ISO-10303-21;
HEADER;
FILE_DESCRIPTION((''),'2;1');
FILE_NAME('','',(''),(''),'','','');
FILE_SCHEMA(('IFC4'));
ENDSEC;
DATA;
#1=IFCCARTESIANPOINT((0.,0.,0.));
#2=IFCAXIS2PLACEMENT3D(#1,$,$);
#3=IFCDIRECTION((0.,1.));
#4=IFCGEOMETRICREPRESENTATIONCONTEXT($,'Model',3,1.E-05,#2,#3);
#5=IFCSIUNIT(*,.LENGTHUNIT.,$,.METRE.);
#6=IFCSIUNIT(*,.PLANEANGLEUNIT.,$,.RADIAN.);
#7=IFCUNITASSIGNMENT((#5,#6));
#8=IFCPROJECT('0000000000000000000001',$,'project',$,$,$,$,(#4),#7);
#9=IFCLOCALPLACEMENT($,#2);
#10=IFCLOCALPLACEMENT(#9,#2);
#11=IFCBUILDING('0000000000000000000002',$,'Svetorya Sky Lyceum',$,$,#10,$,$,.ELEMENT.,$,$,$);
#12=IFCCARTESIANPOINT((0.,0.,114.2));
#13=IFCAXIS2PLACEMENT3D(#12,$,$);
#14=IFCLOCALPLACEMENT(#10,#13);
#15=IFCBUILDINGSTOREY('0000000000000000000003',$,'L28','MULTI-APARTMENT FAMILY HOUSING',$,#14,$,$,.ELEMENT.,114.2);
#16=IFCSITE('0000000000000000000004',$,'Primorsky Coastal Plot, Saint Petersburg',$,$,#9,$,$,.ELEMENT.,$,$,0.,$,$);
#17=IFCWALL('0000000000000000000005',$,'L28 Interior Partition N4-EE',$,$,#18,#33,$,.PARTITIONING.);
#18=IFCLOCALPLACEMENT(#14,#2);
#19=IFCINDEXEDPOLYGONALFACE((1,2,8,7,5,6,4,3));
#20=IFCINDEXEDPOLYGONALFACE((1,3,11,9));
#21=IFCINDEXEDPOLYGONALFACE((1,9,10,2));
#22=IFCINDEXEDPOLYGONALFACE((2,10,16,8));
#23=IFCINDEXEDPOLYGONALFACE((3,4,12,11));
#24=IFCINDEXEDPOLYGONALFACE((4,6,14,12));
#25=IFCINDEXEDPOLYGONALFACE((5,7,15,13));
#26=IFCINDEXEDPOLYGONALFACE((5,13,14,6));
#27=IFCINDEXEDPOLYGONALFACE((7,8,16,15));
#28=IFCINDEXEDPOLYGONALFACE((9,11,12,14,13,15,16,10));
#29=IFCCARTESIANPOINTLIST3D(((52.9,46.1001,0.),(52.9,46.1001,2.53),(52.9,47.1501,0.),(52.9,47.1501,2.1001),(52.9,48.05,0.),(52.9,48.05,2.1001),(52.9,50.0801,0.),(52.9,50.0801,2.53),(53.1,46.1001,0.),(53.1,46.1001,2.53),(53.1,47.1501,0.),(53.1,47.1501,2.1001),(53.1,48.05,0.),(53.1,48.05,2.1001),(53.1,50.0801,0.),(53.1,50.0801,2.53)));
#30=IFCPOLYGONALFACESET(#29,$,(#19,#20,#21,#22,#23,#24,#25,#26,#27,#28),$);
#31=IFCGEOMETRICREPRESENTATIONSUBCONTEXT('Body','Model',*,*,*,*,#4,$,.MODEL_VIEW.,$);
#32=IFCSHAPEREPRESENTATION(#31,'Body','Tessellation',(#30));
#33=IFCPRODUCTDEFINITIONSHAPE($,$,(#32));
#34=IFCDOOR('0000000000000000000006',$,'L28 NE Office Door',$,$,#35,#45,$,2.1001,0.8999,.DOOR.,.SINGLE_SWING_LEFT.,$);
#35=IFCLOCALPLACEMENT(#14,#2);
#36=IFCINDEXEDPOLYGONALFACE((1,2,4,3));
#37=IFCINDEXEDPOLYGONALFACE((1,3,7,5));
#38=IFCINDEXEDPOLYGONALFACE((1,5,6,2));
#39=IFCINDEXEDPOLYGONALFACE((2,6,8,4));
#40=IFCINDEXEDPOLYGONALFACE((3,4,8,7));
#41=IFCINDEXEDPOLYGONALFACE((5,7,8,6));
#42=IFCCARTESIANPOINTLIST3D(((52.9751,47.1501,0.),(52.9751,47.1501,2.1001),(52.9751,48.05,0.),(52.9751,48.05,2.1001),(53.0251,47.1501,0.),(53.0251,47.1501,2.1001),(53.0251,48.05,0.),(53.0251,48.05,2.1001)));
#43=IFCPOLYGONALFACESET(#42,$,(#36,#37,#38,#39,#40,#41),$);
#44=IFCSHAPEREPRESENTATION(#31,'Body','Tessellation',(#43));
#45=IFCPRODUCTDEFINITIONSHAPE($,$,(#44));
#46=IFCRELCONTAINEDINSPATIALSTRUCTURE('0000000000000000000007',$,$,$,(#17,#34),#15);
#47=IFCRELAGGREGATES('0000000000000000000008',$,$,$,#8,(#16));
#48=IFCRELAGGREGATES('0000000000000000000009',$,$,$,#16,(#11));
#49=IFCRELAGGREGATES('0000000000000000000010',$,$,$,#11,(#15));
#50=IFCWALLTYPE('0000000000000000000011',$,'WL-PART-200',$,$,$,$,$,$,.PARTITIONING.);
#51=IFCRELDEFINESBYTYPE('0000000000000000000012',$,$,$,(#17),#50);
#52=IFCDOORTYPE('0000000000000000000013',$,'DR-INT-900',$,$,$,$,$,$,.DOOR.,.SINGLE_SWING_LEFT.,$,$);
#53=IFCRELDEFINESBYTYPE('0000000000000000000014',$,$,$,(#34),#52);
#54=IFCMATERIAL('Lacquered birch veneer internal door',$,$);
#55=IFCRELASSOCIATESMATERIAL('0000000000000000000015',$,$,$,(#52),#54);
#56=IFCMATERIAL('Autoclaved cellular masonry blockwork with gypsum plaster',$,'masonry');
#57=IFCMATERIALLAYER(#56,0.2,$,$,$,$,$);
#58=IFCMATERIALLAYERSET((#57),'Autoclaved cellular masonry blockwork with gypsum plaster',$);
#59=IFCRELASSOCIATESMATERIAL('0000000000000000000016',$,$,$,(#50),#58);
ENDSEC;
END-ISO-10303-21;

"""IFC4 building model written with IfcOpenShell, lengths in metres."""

from ifc_helpers import new_model, si_unit, direction, frame, frame_2d, origin, place, context, subcontext, project, spatial, rectangle, extrude, material, layer, layer_set, type_object, element, fill, save


model = new_model("IFC4")

# Units and contexts
model_context = context("Model", 3, precision=1e-05, world=origin(), true_north=direction((0.0, 1.0)))
body_context = subcontext(model_context, "Body", "Model", "MODEL_VIEW")
ifc_project = project(units=[si_unit("LENGTHUNIT", "METRE"), si_unit("PLANEANGLEUNIT", "RADIAN")], contexts=[model_context])

# Site, building, storey
site_placement = place(None, origin())
site = spatial("IfcSite", under=ifc_project, at=site_placement, Name="Primorsky Coastal Plot, Saint Petersburg", CompositionType="ELEMENT", RefElevation=0.0)
building_placement = place(site_placement, origin())
building = spatial("IfcBuilding", under=site, at=building_placement, Name="Svetorya Sky Lyceum", CompositionType="ELEMENT")
storey_placement = place(building_placement, frame((0.0, 0.0, 114.2)))
storey = spatial("IfcBuildingStorey", under=building, at=storey_placement, Name="L28", Description="MULTI-APARTMENT FAMILY HOUSING", CompositionType="ELEMENT", Elevation=114.2)

# Shared definitions
ifc_material_1 = material(Name="Lacquered birch veneer internal door")
door_type_1 = type_object("IfcDoorType", Name="DR-INT-900", OperationType="SINGLE_SWING_LEFT", PredefinedType="DOOR", material=ifc_material_1)

# Shared definitions
ifc_material_2 = material(Name="Autoclaved cellular masonry blockwork with gypsum plaster", Category="masonry")
ifc_layer_1 = layer(ifc_material_2, 0.2)
ifc_layer_set_1 = layer_set([ifc_layer_1], Name="Autoclaved cellular masonry blockwork with gypsum plaster")
wall_type_1 = type_object("IfcWallType", Name="WL-PART-200", PredefinedType="PARTITIONING", material=ifc_layer_set_1)

# Wall, opening, door
wall_1_placement = place(storey_placement, frame((53.0, 46.1001, 0.0), z_axis=(0.0, 0.0, 1.0), x_axis=(0.0, 1.0, 0.0)))
wall_1 = element("IfcWall", 1, at=wall_1_placement, inside=storey, type_object=wall_type_1, Name="L28 Interior Partition N4-EE", PredefinedType="PARTITIONING", context=body_context, shape_type="SweptSolid", body=[
    extrude(rectangle(XDim=3.98, YDim=0.2, at=frame_2d((1.99, 0.0))), origin(), (0.0, 0.0, 1.0), 2.53),
])
opening_1_placement = place(wall_1_placement, frame((1.05, 0.0, 0.0)))
opening_1 = element("IfcOpeningElement", 2, at=opening_1_placement, cuts=wall_1, PredefinedType="OPENING", context=body_context, shape_type="SweptSolid", body=[
    extrude(rectangle(XDim=0.8999, YDim=2.1001, at=frame_2d((0.45, 1.05))), frame((0.0, 0.1099, 0.0), z_axis=(0.0, -1.0, 0.0), x_axis=(1.0, 0.0, 0.0)), (0.0, 0.0, 1.0), 0.22),
])
door_1_placement = place(opening_1_placement, origin())
door_1 = element("IfcDoor", 3, at=door_1_placement, inside=storey, type_object=door_type_1, Name="L28 NE Office Door", OperationType="SINGLE_SWING_LEFT", OverallHeight=2.1001, OverallWidth=0.8999, PredefinedType="DOOR", context=body_context, shape_type="SweptSolid", body=[
    extrude(rectangle(XDim=0.8999, YDim=2.1001, at=frame_2d((0.45, 1.05))), frame((0.0, 0.0249, 0.0), z_axis=(0.0, -1.0, 0.0), x_axis=(1.0, 0.0, 0.0)), (0.0, 0.0, 1.0), 0.05),
])
fill(opening_1, door_1)

save(model, "model.ifc")
